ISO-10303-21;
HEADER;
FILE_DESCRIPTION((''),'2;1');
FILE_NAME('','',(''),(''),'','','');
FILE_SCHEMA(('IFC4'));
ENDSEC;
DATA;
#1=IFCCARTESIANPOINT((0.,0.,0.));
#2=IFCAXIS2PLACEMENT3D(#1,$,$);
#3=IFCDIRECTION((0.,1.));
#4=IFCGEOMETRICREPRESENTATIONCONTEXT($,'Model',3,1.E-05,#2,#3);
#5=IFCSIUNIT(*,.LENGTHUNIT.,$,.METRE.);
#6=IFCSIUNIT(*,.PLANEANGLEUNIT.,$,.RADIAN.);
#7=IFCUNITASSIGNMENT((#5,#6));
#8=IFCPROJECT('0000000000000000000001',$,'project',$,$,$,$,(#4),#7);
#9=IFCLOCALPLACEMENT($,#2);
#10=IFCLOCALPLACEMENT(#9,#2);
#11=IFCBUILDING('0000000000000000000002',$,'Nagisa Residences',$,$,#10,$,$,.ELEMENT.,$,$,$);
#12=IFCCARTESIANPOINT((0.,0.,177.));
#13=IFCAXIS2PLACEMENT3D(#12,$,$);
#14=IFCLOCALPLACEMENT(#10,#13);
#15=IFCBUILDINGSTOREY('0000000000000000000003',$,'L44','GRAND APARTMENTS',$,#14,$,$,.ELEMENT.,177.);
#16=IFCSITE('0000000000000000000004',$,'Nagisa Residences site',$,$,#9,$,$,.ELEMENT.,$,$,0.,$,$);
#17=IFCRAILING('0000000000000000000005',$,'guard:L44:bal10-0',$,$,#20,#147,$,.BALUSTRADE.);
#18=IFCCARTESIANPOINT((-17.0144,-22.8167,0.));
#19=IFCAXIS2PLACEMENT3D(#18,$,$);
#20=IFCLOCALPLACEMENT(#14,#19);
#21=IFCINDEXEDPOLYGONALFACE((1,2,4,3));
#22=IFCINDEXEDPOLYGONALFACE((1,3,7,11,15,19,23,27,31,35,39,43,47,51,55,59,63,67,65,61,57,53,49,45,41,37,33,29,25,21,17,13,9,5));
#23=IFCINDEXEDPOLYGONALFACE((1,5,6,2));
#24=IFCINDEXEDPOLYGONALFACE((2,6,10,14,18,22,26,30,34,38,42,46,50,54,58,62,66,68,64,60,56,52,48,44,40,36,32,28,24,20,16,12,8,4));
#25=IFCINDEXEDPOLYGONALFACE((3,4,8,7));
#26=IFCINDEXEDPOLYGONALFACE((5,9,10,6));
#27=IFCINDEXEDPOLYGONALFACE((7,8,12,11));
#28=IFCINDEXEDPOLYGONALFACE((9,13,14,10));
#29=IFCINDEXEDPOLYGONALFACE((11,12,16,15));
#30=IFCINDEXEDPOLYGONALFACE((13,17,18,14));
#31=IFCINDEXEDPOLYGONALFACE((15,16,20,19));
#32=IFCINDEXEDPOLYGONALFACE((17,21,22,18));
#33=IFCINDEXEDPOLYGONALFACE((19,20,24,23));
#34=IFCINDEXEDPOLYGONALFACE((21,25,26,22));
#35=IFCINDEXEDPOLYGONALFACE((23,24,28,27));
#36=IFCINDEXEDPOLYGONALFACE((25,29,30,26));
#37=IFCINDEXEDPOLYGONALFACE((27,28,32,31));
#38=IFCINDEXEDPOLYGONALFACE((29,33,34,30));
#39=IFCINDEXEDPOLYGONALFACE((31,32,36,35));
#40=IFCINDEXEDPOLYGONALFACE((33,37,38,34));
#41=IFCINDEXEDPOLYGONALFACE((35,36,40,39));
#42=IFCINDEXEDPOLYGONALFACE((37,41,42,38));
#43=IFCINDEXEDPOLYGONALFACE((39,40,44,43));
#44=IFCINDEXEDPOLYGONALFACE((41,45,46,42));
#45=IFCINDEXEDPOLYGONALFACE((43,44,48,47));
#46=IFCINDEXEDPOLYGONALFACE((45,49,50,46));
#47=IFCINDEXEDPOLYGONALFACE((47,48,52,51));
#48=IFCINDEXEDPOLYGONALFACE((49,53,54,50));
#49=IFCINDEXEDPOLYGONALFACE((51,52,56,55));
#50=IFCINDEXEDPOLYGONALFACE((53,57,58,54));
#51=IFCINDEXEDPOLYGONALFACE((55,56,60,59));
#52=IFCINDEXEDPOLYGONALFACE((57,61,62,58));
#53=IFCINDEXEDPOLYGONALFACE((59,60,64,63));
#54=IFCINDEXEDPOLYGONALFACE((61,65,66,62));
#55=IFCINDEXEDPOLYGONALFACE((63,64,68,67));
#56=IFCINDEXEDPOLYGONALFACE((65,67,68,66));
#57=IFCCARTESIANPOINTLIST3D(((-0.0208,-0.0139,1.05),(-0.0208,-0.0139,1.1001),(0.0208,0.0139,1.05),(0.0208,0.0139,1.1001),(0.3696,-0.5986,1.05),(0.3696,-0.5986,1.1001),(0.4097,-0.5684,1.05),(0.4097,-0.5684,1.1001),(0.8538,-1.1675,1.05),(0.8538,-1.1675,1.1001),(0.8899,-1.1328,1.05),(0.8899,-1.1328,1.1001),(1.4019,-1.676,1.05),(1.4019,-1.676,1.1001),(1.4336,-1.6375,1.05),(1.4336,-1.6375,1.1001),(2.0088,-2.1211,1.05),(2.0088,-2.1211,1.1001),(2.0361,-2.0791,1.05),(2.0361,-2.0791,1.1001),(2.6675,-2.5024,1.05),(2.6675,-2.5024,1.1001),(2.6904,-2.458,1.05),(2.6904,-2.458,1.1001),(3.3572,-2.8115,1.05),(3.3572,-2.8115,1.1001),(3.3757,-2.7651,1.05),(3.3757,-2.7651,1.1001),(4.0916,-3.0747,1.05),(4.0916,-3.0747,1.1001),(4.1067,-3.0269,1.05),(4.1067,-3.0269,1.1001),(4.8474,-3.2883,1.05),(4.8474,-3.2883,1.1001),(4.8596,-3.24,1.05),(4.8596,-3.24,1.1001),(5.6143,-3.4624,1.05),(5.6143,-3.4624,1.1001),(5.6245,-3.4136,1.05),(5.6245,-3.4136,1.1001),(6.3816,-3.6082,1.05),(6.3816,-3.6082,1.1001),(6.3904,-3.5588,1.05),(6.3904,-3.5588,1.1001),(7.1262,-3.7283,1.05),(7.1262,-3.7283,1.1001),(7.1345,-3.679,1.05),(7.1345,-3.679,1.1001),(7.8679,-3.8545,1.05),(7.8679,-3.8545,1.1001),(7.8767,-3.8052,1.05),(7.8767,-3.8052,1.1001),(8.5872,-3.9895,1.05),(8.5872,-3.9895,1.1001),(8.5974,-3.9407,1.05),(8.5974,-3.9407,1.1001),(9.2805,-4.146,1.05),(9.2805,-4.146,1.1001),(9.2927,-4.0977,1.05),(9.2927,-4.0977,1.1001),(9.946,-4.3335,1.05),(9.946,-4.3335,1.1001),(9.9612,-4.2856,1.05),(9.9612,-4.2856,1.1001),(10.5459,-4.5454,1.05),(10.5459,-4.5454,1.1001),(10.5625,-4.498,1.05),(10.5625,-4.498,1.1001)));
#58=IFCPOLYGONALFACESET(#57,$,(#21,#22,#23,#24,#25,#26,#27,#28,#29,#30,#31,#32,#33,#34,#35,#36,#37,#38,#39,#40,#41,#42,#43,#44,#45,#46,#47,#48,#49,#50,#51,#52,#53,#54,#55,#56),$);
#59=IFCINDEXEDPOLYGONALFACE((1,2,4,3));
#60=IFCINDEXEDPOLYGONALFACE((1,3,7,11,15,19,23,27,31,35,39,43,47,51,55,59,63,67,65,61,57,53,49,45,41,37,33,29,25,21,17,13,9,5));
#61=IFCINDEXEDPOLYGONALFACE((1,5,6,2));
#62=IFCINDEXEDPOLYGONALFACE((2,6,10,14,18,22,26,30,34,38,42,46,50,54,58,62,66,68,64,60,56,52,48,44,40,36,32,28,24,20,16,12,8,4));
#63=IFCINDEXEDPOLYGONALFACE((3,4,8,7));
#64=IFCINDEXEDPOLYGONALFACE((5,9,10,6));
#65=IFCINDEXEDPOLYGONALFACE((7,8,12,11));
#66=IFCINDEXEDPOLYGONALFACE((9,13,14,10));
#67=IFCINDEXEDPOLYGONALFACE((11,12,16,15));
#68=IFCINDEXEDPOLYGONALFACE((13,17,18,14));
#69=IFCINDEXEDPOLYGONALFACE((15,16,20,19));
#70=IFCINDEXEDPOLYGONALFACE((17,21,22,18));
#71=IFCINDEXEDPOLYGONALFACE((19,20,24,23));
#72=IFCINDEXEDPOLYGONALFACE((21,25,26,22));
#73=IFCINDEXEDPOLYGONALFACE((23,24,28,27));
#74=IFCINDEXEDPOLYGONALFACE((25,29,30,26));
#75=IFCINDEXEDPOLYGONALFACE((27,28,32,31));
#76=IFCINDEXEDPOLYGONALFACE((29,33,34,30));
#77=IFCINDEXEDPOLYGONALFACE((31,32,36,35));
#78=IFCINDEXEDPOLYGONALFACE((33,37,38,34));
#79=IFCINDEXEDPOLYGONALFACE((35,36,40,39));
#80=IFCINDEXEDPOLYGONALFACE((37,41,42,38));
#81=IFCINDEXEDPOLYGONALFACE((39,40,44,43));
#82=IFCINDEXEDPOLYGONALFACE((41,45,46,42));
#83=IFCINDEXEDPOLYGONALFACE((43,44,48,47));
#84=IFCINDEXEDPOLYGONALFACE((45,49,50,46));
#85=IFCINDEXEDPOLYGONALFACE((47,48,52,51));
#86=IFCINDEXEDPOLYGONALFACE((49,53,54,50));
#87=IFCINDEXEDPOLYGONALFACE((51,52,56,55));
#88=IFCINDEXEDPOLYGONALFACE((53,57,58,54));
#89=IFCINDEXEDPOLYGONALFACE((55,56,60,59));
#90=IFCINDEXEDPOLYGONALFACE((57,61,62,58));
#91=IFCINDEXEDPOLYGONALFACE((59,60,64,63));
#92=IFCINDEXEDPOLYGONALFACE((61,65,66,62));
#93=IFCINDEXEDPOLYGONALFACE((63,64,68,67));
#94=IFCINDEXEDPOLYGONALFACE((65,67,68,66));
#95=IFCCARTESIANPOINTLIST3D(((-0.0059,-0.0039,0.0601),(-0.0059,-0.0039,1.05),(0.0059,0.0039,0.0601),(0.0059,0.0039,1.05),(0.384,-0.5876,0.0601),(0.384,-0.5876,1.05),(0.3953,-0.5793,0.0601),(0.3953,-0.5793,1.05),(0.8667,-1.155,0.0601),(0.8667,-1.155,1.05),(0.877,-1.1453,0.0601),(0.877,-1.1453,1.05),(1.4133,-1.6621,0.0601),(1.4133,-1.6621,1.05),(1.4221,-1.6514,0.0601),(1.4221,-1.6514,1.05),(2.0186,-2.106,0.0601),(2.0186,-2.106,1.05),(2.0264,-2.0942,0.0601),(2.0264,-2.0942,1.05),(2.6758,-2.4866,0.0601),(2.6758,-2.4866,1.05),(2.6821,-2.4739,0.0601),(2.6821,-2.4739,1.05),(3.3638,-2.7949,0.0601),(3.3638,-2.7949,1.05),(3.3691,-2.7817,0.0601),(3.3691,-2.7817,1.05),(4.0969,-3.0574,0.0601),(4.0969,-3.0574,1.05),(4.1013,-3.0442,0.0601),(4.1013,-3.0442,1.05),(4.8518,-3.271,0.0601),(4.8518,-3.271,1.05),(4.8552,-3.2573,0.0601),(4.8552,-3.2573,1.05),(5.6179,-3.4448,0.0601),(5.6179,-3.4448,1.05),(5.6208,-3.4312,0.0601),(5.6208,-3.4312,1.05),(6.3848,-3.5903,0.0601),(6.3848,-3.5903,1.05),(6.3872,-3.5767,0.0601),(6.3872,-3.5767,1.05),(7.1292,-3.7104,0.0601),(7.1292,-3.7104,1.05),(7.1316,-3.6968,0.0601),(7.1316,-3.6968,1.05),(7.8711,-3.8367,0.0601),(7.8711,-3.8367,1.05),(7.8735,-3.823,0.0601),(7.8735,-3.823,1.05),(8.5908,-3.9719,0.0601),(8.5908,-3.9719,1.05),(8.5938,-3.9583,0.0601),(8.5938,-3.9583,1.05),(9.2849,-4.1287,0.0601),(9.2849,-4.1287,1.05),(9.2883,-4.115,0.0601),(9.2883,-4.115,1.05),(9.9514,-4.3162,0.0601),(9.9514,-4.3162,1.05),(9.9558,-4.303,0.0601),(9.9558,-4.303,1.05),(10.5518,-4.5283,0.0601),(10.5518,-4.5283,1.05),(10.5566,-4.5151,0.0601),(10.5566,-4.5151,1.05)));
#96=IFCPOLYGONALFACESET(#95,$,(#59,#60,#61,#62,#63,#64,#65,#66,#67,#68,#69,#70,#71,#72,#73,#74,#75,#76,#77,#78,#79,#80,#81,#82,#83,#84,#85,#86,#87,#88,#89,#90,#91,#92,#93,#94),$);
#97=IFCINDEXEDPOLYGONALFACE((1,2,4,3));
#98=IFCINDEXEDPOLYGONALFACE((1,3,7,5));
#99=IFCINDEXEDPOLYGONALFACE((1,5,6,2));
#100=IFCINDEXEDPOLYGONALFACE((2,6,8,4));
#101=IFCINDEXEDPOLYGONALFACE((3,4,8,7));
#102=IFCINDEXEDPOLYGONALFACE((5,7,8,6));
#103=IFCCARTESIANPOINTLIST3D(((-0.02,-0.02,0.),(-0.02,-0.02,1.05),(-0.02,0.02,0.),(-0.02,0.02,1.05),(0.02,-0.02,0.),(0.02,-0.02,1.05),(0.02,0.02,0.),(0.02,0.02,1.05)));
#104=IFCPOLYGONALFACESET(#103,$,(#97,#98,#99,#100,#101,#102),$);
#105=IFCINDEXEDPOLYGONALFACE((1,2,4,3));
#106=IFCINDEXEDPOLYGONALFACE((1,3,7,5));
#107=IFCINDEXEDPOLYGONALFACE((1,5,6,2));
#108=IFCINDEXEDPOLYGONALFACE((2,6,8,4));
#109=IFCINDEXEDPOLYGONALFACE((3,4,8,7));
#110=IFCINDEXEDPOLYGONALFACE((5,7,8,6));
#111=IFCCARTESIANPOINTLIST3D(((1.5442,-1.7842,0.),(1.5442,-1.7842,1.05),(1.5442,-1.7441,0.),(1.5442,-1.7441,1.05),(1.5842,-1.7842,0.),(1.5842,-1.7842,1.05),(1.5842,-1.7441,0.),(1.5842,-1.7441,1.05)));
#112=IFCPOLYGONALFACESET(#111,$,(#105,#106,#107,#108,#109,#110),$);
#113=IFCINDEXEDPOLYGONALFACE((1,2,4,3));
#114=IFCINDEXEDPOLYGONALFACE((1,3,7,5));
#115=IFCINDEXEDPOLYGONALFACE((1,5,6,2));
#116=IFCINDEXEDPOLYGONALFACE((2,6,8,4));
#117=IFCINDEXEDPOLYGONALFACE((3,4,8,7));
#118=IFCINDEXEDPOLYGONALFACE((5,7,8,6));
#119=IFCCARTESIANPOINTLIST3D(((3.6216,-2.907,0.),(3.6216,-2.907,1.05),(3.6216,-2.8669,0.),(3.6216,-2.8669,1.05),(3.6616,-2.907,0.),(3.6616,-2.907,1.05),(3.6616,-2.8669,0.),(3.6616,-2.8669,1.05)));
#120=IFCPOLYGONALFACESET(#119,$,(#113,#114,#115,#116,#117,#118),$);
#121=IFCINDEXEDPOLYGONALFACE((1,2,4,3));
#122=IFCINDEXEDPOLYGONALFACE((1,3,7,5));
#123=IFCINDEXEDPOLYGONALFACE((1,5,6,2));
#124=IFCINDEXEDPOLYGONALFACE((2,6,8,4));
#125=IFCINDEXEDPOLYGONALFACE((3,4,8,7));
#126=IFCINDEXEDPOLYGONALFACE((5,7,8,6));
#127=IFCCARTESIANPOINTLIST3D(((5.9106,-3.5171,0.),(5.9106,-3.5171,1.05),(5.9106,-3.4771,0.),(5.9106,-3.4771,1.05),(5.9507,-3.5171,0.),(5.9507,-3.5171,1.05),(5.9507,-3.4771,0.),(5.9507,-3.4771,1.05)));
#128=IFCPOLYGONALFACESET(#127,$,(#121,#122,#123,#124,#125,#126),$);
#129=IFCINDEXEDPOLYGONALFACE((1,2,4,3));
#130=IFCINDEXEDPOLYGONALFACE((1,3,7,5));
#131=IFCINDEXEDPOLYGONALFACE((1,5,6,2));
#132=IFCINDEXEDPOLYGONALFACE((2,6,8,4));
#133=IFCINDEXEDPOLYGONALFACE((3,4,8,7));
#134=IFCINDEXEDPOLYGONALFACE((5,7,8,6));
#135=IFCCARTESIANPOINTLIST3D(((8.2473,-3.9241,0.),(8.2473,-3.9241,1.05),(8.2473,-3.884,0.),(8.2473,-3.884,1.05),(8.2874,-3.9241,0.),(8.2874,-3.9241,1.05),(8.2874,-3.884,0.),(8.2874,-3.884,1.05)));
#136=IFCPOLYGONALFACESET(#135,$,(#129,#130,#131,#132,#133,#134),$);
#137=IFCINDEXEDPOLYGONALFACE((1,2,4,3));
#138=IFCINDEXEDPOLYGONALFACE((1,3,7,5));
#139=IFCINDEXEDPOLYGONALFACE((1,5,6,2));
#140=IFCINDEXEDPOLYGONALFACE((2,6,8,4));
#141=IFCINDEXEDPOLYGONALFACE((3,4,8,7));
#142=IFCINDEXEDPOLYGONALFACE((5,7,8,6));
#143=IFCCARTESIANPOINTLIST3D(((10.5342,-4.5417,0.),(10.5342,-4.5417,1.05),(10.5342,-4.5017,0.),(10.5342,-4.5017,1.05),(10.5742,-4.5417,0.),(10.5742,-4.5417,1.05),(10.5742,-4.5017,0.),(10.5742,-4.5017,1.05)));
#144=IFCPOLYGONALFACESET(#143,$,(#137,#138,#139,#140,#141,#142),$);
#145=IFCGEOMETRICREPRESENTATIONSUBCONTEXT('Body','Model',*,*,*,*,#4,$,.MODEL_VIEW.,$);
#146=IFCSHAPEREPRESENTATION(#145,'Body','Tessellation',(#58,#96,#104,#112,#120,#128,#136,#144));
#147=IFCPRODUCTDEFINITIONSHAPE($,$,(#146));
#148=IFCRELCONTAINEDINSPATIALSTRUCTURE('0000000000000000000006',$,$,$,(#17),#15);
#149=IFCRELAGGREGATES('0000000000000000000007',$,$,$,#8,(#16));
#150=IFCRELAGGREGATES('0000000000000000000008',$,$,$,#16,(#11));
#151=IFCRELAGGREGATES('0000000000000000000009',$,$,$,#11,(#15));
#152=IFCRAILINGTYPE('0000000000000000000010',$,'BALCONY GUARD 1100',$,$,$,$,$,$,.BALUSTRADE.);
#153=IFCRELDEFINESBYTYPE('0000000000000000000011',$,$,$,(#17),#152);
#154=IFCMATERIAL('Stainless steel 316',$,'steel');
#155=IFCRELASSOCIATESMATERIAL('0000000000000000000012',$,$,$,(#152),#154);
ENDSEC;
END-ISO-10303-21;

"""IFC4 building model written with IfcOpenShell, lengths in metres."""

from ifc_helpers import new_model, si_unit, direction, frame, origin, origin_2d, place, context, subcontext, project, spatial, polyline, rectangle, outline, extrude, material, type_object, element, save


model = new_model("IFC4")

# Units and contexts
model_context = context("Model", 3, precision=1e-05, world=origin(), true_north=direction((0.0, 1.0)))
body_context = subcontext(model_context, "Body", "Model", "MODEL_VIEW")
ifc_project = project(units=[si_unit("LENGTHUNIT", "METRE"), si_unit("PLANEANGLEUNIT", "RADIAN")], contexts=[model_context])

# Site, building, storey
site_placement = place(None, origin())
site = spatial("IfcSite", under=ifc_project, at=site_placement, Name="Nagisa Residences site", CompositionType="ELEMENT", RefElevation=0.0)
building_placement = place(site_placement, origin())
building = spatial("IfcBuilding", under=site, at=building_placement, Name="Nagisa Residences", CompositionType="ELEMENT")
storey_placement = place(building_placement, frame((0.0, 0.0, 177.0)))
storey = spatial("IfcBuildingStorey", under=building, at=storey_placement, Name="L44", Description="GRAND APARTMENTS", CompositionType="ELEMENT", Elevation=177.0)

# Railing
ifc_material_1 = material(Name="Stainless steel 316", Category="steel")
railing_type = type_object("IfcRailingType", Name="BALCONY GUARD 1100", PredefinedType="BALUSTRADE", material=ifc_material_1)
railing_1_placement = place(storey_placement, frame((-17.0144, -22.8167, 0.0)))
element("IfcRailing", 1, at=railing_1_placement, inside=storey, type_object=railing_type, Name="guard:L44:bal10-0", PredefinedType="BALUSTRADE", context=body_context, shape_type="SweptSolid", body=[
    extrude(outline(polyline([(0.4097, -0.5684), (0.0208, 0.0139), (-0.0208, -0.0139), (0.3696, -0.5986), (0.8538, -1.1675), (1.4019, -1.676), (2.0088, -2.1211), (2.6675, -2.5024), (3.3572, -2.8115), (4.0916, -3.0747), (4.8474, -3.2883), (5.6143, -3.4624), (6.3816, -3.6082), (7.1262, -3.7283), (7.8679, -3.8545), (8.5872, -3.9895), (9.2805, -4.146), (9.946, -4.3335), (10.5459, -4.5454), (10.5625, -4.498), (9.9612, -4.2856), (9.2927, -4.0977), (8.5974, -3.9407), (7.8767, -3.8052), (7.1345, -3.679), (6.3904, -3.5588), (5.6245, -3.4136), (4.8596, -3.24), (4.1067, -3.0269), (3.3757, -2.7651), (2.6904, -2.458), (2.0361, -2.0791), (1.4336, -1.6375), (0.8899, -1.1328), (0.4097, -0.5684)])), frame((0.0, 0.0, 1.05)), (0.0, 0.0, 1.0), 0.05),
    extrude(outline(polyline([(0.3953, -0.5793), (0.0059, 0.0039), (-0.0059, -0.0039), (0.384, -0.5876), (0.8667, -1.155), (1.4133, -1.6621), (2.0186, -2.106), (2.6758, -2.4866), (3.3638, -2.7949), (4.0969, -3.0574), (4.8518, -3.271), (5.6179, -3.4448), (6.3848, -3.5903), (7.1292, -3.7104), (7.8711, -3.8367), (8.5908, -3.9719), (9.2849, -4.1287), (9.9514, -4.3162), (10.5518, -4.5283), (10.5566, -4.5151), (9.9558, -4.303), (9.2883, -4.115), (8.5938, -3.9583), (7.8735, -3.823), (7.1316, -3.6968), (6.3872, -3.5767), (5.6208, -3.4312), (4.8552, -3.2573), (4.1013, -3.0442), (3.3691, -2.7817), (2.6821, -2.4739), (2.0264, -2.0942), (1.4221, -1.6514), (0.877, -1.1453), (0.3953, -0.5793)])), frame((0.0, 0.0, 0.0601)), (0.0, 0.0, 1.0), 0.99),
    extrude(rectangle(XDim=0.04, YDim=0.04, at=origin_2d()), origin(), (0.0, 0.0, 1.0), 1.05),
    extrude(rectangle(XDim=0.04, YDim=0.04, at=origin_2d()), frame((1.5642, -1.7642, 0.0)), (0.0, 0.0, 1.0), 1.05),
    extrude(rectangle(XDim=0.04, YDim=0.04, at=origin_2d()), frame((3.6416, -2.887, 0.0)), (0.0, 0.0, 1.0), 1.05),
    extrude(rectangle(XDim=0.04, YDim=0.04, at=origin_2d()), frame((5.9307, -3.4971, 0.0)), (0.0, 0.0, 1.0), 1.05),
    extrude(rectangle(XDim=0.04, YDim=0.04, at=origin_2d()), frame((8.2673, -3.9041, 0.0)), (0.0, 0.0, 1.0), 1.05),
    extrude(rectangle(XDim=0.04, YDim=0.04, at=origin_2d()), frame((10.5542, -4.5217, 0.0)), (0.0, 0.0, 1.0), 1.05),
])

save(model, "model.ifc")
